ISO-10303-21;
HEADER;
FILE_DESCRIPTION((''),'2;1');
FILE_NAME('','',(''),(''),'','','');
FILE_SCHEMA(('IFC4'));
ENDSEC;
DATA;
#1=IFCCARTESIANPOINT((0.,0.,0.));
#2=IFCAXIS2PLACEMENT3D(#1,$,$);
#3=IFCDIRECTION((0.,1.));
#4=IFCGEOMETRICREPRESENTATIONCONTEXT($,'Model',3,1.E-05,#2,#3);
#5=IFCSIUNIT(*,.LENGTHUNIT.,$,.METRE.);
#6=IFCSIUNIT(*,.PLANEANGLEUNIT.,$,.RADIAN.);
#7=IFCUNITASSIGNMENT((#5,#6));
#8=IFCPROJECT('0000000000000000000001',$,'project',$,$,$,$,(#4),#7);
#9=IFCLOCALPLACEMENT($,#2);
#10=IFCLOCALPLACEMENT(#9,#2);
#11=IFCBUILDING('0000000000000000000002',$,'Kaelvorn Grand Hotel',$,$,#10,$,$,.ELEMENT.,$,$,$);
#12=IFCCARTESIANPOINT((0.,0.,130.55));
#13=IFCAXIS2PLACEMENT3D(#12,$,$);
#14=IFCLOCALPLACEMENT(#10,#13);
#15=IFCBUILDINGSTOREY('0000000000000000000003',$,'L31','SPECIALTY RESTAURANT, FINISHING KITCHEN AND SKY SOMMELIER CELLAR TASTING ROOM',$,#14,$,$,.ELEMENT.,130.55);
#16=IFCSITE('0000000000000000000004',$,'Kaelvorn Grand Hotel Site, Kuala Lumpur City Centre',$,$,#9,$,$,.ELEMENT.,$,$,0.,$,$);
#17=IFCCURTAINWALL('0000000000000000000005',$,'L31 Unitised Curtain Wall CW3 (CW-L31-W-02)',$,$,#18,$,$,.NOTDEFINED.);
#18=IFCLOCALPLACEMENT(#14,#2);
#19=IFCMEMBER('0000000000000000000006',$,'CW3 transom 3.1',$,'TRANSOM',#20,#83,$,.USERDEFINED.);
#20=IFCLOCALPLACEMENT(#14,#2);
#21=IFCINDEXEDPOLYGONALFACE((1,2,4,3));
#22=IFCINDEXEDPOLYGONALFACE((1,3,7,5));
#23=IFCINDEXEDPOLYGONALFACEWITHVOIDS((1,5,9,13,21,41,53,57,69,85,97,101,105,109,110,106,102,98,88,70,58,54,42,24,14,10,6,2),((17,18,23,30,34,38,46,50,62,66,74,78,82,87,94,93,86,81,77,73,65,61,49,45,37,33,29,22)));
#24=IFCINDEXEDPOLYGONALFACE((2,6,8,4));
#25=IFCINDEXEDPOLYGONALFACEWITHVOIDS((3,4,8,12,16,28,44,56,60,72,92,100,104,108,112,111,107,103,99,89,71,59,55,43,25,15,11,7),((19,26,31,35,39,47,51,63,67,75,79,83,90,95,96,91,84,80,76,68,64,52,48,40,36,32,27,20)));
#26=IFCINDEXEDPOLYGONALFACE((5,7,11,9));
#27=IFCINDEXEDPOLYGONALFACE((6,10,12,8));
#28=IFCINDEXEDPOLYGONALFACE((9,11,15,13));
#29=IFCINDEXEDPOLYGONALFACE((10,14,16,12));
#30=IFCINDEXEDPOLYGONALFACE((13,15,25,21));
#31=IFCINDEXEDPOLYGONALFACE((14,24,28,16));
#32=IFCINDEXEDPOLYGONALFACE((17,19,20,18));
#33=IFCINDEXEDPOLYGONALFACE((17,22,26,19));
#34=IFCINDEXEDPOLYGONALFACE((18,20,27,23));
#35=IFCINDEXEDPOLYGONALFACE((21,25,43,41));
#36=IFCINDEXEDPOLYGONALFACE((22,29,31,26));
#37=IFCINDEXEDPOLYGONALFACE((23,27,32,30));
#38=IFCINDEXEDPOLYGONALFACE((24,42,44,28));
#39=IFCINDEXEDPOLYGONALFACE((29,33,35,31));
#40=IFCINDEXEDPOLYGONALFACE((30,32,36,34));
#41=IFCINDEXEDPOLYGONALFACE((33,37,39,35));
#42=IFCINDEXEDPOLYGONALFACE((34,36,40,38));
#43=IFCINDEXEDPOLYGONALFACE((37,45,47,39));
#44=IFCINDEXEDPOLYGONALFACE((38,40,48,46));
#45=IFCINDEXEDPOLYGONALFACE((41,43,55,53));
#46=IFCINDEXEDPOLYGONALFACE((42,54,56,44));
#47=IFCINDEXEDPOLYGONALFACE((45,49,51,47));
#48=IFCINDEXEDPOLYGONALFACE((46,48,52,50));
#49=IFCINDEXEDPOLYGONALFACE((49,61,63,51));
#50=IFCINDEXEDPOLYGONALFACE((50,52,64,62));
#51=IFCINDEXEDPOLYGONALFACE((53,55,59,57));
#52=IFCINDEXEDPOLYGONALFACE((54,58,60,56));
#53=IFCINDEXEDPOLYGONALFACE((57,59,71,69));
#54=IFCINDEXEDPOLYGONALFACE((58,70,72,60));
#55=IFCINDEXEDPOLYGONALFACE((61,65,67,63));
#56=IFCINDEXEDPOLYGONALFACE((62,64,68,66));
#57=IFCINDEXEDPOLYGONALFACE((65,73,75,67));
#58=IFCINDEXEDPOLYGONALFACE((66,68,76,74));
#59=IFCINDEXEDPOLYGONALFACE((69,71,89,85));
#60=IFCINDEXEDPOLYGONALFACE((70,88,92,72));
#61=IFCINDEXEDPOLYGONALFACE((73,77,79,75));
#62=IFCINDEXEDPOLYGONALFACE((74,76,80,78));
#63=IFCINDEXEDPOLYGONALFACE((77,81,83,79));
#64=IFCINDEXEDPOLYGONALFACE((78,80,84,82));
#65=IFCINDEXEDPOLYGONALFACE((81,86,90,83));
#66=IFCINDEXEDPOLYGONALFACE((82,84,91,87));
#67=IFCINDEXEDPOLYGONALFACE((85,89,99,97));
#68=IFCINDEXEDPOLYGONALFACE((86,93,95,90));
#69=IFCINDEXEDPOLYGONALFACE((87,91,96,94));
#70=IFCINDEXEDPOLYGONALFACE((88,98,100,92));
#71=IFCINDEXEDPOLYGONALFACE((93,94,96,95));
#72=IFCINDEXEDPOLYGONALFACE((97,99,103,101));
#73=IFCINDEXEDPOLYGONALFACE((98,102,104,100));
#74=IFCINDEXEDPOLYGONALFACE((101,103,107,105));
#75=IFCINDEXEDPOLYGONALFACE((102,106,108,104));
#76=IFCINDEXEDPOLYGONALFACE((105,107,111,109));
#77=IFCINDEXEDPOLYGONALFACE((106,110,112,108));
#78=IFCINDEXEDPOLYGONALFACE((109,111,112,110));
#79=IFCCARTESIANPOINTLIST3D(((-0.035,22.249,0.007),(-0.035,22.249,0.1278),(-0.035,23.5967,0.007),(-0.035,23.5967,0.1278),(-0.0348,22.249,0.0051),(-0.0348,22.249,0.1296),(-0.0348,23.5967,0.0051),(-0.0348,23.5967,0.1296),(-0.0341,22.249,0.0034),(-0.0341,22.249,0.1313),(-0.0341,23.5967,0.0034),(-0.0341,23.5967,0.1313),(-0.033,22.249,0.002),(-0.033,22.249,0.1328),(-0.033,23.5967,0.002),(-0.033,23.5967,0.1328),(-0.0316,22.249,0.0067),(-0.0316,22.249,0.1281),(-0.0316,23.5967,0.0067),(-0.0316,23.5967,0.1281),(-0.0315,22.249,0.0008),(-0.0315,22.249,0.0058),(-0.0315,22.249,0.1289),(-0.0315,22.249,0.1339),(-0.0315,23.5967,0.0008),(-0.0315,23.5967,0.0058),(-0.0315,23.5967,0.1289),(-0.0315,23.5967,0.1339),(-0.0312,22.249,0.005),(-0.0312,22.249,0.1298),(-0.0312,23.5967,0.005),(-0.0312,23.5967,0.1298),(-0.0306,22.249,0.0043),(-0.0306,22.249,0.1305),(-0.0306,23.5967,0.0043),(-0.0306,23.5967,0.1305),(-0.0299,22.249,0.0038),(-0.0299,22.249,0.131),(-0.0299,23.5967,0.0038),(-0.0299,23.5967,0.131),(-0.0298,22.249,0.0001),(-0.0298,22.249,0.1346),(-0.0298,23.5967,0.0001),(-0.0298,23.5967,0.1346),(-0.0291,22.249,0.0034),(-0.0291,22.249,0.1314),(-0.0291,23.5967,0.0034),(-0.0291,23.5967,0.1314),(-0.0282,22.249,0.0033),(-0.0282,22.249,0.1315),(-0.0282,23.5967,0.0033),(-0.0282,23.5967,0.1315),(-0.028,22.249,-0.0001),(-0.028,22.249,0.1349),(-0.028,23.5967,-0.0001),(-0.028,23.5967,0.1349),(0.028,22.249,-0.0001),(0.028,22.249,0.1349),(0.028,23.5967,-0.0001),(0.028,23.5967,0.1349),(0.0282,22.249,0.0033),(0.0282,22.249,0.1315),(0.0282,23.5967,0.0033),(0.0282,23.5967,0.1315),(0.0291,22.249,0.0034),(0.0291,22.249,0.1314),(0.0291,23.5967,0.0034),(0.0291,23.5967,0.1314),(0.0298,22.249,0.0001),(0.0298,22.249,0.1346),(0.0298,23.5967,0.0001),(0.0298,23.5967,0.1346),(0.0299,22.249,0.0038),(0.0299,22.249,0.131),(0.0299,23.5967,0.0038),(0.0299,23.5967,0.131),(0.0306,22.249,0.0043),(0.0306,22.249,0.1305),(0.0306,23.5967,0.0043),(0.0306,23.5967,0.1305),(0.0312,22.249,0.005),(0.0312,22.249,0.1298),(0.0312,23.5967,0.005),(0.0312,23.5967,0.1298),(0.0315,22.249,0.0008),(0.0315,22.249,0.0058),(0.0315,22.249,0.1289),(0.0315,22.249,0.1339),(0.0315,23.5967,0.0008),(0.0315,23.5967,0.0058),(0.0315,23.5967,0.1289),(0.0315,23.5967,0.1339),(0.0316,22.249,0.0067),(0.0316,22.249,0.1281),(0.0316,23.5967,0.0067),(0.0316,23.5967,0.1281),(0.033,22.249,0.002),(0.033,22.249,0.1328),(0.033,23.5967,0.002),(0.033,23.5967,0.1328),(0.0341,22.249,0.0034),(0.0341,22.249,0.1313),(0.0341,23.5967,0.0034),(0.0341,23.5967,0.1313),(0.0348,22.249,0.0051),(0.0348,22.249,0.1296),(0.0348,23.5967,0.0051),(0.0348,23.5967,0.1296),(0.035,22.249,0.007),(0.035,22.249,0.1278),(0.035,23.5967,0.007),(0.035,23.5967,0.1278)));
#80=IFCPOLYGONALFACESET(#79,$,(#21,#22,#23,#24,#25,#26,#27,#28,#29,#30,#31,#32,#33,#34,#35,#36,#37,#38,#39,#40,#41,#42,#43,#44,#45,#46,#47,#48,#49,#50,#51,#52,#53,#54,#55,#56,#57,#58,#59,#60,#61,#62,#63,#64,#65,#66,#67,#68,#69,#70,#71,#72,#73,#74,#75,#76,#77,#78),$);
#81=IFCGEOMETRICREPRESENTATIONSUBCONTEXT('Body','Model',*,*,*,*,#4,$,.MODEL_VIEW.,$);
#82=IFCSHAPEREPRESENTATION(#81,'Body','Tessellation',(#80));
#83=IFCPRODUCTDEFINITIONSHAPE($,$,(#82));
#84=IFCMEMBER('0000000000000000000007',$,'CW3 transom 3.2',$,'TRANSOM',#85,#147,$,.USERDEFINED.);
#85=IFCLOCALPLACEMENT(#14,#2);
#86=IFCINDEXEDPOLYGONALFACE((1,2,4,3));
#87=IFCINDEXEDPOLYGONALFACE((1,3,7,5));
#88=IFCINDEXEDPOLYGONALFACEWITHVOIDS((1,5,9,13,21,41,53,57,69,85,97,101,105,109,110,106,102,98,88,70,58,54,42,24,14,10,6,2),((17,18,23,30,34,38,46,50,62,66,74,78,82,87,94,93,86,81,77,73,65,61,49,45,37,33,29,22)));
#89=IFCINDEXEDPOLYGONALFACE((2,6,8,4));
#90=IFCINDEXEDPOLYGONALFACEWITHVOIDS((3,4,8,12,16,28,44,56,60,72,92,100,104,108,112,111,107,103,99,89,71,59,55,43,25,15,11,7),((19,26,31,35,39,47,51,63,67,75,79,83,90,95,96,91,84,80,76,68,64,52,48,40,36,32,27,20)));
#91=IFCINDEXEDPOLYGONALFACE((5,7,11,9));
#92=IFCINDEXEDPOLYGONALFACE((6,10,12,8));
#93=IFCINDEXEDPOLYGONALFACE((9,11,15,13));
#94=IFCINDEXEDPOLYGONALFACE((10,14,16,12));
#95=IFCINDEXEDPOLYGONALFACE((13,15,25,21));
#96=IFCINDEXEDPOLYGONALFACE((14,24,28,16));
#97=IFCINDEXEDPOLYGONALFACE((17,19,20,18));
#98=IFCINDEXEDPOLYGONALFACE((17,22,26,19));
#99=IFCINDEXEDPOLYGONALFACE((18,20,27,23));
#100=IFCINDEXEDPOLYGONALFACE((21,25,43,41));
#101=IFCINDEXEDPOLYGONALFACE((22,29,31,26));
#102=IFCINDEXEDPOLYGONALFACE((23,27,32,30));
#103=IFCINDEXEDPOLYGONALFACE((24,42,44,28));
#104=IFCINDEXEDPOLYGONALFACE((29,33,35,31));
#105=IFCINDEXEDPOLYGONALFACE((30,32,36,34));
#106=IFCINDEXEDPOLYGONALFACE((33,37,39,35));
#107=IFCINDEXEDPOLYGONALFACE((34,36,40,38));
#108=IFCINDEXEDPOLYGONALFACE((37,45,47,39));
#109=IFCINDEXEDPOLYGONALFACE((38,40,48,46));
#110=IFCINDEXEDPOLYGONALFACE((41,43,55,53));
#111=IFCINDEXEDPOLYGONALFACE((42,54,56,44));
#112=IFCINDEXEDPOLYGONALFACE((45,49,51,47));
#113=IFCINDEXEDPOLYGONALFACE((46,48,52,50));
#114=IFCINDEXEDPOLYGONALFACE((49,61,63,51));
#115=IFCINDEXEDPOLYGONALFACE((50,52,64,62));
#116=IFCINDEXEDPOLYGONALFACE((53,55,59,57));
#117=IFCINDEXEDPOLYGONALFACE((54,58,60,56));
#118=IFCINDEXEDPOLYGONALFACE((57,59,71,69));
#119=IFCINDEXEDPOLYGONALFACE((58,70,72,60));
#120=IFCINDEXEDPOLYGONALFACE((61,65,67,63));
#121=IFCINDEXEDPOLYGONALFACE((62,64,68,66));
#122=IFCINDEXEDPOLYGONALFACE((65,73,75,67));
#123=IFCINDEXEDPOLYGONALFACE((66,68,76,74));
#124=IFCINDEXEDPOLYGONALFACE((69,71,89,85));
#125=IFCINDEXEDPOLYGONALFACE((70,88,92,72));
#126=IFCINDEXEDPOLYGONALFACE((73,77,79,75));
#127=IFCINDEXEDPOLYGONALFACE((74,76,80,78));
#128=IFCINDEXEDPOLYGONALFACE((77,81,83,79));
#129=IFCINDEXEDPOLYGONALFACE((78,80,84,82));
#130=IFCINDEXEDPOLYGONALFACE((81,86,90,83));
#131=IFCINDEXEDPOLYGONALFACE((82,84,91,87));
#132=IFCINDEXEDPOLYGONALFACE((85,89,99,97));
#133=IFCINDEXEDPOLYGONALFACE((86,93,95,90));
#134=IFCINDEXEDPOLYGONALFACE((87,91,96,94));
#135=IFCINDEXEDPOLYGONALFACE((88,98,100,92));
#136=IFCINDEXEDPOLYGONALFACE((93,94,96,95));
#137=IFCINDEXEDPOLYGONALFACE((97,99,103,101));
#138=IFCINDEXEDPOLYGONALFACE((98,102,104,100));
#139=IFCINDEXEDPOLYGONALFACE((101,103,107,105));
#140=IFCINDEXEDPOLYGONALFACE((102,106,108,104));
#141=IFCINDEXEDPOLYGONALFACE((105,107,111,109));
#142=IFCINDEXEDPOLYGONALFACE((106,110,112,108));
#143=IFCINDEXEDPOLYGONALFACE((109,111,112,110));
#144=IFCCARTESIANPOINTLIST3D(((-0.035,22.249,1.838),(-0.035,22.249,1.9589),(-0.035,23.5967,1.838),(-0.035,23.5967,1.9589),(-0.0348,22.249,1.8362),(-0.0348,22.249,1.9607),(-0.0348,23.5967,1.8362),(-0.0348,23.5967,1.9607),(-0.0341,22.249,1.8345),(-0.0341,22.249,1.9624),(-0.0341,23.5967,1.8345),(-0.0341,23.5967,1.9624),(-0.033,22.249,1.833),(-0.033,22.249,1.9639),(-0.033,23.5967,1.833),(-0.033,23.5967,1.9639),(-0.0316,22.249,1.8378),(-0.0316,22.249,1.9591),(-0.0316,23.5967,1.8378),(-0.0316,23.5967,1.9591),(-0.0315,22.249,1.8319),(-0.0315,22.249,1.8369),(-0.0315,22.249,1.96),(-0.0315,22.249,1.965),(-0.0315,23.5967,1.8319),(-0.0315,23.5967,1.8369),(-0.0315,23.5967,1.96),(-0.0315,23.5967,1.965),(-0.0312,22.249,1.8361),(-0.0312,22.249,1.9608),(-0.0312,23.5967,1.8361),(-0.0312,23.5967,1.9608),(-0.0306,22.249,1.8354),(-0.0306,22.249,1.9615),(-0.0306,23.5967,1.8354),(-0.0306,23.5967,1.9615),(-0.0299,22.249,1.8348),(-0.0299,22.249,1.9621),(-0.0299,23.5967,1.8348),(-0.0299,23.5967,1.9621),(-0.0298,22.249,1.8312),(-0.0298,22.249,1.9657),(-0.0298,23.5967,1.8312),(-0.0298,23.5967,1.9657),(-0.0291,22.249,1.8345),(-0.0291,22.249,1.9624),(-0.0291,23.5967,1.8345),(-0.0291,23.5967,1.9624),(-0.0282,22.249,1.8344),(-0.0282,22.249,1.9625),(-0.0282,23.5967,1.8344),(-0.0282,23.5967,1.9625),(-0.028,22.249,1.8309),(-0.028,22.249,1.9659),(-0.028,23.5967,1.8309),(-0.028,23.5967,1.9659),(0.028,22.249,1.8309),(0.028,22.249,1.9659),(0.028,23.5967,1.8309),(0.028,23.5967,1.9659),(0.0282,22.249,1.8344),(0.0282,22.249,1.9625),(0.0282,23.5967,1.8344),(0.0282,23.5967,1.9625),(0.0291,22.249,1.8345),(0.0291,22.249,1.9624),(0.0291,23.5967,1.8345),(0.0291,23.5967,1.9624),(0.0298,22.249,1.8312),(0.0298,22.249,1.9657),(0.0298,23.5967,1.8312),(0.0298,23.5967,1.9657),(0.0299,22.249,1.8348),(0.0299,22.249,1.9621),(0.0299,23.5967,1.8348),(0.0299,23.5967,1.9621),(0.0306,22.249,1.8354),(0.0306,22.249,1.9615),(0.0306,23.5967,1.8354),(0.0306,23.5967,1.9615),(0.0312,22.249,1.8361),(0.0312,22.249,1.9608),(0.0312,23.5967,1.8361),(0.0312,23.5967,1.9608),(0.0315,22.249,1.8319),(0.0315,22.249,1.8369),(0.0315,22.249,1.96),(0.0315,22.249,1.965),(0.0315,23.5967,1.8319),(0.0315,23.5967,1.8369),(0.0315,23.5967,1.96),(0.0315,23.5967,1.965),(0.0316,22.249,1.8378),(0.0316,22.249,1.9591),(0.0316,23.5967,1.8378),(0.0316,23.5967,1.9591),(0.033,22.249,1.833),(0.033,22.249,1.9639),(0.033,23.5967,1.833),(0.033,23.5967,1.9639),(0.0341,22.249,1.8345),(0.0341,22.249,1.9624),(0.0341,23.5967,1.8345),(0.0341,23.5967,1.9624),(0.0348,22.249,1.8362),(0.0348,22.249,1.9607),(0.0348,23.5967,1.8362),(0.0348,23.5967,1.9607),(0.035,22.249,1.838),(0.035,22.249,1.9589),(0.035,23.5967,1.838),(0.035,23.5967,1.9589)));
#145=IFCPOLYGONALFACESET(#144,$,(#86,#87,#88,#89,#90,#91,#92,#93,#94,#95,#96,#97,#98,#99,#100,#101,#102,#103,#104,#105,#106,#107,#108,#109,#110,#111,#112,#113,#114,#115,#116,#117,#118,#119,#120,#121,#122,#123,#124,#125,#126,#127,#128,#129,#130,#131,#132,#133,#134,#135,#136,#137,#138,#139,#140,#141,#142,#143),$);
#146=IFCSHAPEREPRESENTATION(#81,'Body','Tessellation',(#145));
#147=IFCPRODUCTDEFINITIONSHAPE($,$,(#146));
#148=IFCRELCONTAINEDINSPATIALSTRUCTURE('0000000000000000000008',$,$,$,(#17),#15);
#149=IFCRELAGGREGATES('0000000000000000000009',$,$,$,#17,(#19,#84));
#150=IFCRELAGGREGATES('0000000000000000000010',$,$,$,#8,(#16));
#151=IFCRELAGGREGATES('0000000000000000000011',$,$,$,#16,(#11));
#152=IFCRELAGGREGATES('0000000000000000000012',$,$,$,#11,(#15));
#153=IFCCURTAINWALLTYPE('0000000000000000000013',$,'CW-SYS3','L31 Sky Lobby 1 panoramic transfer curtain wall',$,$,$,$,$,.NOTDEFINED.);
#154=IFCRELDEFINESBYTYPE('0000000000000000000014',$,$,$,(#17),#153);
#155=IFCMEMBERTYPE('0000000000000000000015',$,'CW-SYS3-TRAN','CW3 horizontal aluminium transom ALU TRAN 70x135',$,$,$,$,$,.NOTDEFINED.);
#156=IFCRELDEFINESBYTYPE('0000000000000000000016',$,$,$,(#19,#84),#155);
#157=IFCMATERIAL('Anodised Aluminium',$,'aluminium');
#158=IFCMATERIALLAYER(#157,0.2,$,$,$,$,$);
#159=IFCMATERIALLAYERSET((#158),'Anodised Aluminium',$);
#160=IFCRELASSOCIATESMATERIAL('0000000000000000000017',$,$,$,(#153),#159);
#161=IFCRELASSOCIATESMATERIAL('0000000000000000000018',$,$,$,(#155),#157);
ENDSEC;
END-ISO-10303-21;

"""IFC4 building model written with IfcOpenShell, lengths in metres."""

from ifc_helpers import new_model, si_unit, direction, frame, origin, origin_2d, place, context, subcontext, project, spatial, hollow_rectangle, extrude, material, layer, layer_set, material_profile, profile_set, type_object, element, aggregate, save


model = new_model("IFC4")

# Units and contexts
model_context = context("Model", 3, precision=1e-05, world=origin(), true_north=direction((0.0, 1.0)))
body_context = subcontext(model_context, "Body", "Model", "MODEL_VIEW")
ifc_project = project(units=[si_unit("LENGTHUNIT", "METRE"), si_unit("PLANEANGLEUNIT", "RADIAN")], contexts=[model_context])

# Site, building, storey
site_placement = place(None, origin())
site = spatial("IfcSite", under=ifc_project, at=site_placement, Name="Kaelvorn Grand Hotel Site, Kuala Lumpur City Centre", CompositionType="ELEMENT", RefElevation=0.0)
building_placement = place(site_placement, origin())
building = spatial("IfcBuilding", under=site, at=building_placement, Name="Kaelvorn Grand Hotel", CompositionType="ELEMENT")
storey_placement = place(building_placement, frame((0.0, 0.0, 130.55)))
storey = spatial("IfcBuildingStorey", under=building, at=storey_placement, Name="L31", Description="SPECIALTY RESTAURANT, FINISHING KITCHEN AND SKY SOMMELIER CELLAR TASTING ROOM", CompositionType="ELEMENT", Elevation=130.55)

# Curtain wall, members
ifc_material_1 = material(Name="Anodised Aluminium", Category="aluminium")
ifc_layer_1 = layer(ifc_material_1, 0.2)
ifc_layer_set_1 = layer_set([ifc_layer_1], Name="Anodised Aluminium")
curtain_wall_type = type_object("IfcCurtainWallType", Name="CW-SYS3", Description="L31 Sky Lobby 1 panoramic transfer curtain wall", PredefinedType="NOTDEFINED", material=ifc_layer_set_1)
curtain_wall_placement = place(storey_placement, origin())
curtain_wall = element("IfcCurtainWall", 1, at=curtain_wall_placement, inside=storey, type_object=curtain_wall_type, Name="L31 Unitised Curtain Wall CW3 (CW-L31-W-02)", PredefinedType="NOTDEFINED")
ifc_material_profile_1 = material_profile(ifc_material_1, hollow_rectangle(XDim=0.0701, YDim=0.135, WallThickness=0.0034, InnerFilletRadius=0.0034, OuterFilletRadius=0.0071, at=origin_2d()), Name="ALU TRAN 70x135")
ifc_profile_set_1 = profile_set([ifc_material_profile_1], Name="Anodised Aluminium")
member_type_1 = type_object("IfcMemberType", Name="CW-SYS3-TRAN", Description="CW3 horizontal aluminium transom ALU TRAN 70x135", PredefinedType="NOTDEFINED", material=ifc_profile_set_1)
member_1_placement = place(storey_placement, frame((0.0, 23.5967, 0.0674), z_axis=(0.0, -1.0, 0.0), x_axis=(1.0, 0.0, 0.0)))
member_1 = element("IfcMember", 2, at=member_1_placement, type_object=member_type_1, Name="CW3 transom 3.1", ObjectType="TRANSOM", PredefinedType="USERDEFINED", context=body_context, shape_type="SweptSolid", body=[
    extrude(hollow_rectangle(XDim=0.0701, YDim=0.135, WallThickness=0.0034, InnerFilletRadius=0.0034, OuterFilletRadius=0.0071, at=origin_2d()), origin(), (0.0, 0.0, 1.0), 1.3477),
])
member_2_placement = place(storey_placement, frame((0.0, 23.5967, 1.8984), z_axis=(0.0, -1.0, 0.0), x_axis=(1.0, 0.0, 0.0)))
member_2 = element("IfcMember", 3, at=member_2_placement, type_object=member_type_1, Name="CW3 transom 3.2", ObjectType="TRANSOM", PredefinedType="USERDEFINED", context=body_context, shape_type="SweptSolid", body=[
    extrude(hollow_rectangle(XDim=0.0701, YDim=0.135, WallThickness=0.0034, InnerFilletRadius=0.0034, OuterFilletRadius=0.0071, at=origin_2d()), origin(), (0.0, 0.0, 1.0), 1.3477),
])
aggregate(curtain_wall, [member_1, member_2])

save(model, "model.ifc")
